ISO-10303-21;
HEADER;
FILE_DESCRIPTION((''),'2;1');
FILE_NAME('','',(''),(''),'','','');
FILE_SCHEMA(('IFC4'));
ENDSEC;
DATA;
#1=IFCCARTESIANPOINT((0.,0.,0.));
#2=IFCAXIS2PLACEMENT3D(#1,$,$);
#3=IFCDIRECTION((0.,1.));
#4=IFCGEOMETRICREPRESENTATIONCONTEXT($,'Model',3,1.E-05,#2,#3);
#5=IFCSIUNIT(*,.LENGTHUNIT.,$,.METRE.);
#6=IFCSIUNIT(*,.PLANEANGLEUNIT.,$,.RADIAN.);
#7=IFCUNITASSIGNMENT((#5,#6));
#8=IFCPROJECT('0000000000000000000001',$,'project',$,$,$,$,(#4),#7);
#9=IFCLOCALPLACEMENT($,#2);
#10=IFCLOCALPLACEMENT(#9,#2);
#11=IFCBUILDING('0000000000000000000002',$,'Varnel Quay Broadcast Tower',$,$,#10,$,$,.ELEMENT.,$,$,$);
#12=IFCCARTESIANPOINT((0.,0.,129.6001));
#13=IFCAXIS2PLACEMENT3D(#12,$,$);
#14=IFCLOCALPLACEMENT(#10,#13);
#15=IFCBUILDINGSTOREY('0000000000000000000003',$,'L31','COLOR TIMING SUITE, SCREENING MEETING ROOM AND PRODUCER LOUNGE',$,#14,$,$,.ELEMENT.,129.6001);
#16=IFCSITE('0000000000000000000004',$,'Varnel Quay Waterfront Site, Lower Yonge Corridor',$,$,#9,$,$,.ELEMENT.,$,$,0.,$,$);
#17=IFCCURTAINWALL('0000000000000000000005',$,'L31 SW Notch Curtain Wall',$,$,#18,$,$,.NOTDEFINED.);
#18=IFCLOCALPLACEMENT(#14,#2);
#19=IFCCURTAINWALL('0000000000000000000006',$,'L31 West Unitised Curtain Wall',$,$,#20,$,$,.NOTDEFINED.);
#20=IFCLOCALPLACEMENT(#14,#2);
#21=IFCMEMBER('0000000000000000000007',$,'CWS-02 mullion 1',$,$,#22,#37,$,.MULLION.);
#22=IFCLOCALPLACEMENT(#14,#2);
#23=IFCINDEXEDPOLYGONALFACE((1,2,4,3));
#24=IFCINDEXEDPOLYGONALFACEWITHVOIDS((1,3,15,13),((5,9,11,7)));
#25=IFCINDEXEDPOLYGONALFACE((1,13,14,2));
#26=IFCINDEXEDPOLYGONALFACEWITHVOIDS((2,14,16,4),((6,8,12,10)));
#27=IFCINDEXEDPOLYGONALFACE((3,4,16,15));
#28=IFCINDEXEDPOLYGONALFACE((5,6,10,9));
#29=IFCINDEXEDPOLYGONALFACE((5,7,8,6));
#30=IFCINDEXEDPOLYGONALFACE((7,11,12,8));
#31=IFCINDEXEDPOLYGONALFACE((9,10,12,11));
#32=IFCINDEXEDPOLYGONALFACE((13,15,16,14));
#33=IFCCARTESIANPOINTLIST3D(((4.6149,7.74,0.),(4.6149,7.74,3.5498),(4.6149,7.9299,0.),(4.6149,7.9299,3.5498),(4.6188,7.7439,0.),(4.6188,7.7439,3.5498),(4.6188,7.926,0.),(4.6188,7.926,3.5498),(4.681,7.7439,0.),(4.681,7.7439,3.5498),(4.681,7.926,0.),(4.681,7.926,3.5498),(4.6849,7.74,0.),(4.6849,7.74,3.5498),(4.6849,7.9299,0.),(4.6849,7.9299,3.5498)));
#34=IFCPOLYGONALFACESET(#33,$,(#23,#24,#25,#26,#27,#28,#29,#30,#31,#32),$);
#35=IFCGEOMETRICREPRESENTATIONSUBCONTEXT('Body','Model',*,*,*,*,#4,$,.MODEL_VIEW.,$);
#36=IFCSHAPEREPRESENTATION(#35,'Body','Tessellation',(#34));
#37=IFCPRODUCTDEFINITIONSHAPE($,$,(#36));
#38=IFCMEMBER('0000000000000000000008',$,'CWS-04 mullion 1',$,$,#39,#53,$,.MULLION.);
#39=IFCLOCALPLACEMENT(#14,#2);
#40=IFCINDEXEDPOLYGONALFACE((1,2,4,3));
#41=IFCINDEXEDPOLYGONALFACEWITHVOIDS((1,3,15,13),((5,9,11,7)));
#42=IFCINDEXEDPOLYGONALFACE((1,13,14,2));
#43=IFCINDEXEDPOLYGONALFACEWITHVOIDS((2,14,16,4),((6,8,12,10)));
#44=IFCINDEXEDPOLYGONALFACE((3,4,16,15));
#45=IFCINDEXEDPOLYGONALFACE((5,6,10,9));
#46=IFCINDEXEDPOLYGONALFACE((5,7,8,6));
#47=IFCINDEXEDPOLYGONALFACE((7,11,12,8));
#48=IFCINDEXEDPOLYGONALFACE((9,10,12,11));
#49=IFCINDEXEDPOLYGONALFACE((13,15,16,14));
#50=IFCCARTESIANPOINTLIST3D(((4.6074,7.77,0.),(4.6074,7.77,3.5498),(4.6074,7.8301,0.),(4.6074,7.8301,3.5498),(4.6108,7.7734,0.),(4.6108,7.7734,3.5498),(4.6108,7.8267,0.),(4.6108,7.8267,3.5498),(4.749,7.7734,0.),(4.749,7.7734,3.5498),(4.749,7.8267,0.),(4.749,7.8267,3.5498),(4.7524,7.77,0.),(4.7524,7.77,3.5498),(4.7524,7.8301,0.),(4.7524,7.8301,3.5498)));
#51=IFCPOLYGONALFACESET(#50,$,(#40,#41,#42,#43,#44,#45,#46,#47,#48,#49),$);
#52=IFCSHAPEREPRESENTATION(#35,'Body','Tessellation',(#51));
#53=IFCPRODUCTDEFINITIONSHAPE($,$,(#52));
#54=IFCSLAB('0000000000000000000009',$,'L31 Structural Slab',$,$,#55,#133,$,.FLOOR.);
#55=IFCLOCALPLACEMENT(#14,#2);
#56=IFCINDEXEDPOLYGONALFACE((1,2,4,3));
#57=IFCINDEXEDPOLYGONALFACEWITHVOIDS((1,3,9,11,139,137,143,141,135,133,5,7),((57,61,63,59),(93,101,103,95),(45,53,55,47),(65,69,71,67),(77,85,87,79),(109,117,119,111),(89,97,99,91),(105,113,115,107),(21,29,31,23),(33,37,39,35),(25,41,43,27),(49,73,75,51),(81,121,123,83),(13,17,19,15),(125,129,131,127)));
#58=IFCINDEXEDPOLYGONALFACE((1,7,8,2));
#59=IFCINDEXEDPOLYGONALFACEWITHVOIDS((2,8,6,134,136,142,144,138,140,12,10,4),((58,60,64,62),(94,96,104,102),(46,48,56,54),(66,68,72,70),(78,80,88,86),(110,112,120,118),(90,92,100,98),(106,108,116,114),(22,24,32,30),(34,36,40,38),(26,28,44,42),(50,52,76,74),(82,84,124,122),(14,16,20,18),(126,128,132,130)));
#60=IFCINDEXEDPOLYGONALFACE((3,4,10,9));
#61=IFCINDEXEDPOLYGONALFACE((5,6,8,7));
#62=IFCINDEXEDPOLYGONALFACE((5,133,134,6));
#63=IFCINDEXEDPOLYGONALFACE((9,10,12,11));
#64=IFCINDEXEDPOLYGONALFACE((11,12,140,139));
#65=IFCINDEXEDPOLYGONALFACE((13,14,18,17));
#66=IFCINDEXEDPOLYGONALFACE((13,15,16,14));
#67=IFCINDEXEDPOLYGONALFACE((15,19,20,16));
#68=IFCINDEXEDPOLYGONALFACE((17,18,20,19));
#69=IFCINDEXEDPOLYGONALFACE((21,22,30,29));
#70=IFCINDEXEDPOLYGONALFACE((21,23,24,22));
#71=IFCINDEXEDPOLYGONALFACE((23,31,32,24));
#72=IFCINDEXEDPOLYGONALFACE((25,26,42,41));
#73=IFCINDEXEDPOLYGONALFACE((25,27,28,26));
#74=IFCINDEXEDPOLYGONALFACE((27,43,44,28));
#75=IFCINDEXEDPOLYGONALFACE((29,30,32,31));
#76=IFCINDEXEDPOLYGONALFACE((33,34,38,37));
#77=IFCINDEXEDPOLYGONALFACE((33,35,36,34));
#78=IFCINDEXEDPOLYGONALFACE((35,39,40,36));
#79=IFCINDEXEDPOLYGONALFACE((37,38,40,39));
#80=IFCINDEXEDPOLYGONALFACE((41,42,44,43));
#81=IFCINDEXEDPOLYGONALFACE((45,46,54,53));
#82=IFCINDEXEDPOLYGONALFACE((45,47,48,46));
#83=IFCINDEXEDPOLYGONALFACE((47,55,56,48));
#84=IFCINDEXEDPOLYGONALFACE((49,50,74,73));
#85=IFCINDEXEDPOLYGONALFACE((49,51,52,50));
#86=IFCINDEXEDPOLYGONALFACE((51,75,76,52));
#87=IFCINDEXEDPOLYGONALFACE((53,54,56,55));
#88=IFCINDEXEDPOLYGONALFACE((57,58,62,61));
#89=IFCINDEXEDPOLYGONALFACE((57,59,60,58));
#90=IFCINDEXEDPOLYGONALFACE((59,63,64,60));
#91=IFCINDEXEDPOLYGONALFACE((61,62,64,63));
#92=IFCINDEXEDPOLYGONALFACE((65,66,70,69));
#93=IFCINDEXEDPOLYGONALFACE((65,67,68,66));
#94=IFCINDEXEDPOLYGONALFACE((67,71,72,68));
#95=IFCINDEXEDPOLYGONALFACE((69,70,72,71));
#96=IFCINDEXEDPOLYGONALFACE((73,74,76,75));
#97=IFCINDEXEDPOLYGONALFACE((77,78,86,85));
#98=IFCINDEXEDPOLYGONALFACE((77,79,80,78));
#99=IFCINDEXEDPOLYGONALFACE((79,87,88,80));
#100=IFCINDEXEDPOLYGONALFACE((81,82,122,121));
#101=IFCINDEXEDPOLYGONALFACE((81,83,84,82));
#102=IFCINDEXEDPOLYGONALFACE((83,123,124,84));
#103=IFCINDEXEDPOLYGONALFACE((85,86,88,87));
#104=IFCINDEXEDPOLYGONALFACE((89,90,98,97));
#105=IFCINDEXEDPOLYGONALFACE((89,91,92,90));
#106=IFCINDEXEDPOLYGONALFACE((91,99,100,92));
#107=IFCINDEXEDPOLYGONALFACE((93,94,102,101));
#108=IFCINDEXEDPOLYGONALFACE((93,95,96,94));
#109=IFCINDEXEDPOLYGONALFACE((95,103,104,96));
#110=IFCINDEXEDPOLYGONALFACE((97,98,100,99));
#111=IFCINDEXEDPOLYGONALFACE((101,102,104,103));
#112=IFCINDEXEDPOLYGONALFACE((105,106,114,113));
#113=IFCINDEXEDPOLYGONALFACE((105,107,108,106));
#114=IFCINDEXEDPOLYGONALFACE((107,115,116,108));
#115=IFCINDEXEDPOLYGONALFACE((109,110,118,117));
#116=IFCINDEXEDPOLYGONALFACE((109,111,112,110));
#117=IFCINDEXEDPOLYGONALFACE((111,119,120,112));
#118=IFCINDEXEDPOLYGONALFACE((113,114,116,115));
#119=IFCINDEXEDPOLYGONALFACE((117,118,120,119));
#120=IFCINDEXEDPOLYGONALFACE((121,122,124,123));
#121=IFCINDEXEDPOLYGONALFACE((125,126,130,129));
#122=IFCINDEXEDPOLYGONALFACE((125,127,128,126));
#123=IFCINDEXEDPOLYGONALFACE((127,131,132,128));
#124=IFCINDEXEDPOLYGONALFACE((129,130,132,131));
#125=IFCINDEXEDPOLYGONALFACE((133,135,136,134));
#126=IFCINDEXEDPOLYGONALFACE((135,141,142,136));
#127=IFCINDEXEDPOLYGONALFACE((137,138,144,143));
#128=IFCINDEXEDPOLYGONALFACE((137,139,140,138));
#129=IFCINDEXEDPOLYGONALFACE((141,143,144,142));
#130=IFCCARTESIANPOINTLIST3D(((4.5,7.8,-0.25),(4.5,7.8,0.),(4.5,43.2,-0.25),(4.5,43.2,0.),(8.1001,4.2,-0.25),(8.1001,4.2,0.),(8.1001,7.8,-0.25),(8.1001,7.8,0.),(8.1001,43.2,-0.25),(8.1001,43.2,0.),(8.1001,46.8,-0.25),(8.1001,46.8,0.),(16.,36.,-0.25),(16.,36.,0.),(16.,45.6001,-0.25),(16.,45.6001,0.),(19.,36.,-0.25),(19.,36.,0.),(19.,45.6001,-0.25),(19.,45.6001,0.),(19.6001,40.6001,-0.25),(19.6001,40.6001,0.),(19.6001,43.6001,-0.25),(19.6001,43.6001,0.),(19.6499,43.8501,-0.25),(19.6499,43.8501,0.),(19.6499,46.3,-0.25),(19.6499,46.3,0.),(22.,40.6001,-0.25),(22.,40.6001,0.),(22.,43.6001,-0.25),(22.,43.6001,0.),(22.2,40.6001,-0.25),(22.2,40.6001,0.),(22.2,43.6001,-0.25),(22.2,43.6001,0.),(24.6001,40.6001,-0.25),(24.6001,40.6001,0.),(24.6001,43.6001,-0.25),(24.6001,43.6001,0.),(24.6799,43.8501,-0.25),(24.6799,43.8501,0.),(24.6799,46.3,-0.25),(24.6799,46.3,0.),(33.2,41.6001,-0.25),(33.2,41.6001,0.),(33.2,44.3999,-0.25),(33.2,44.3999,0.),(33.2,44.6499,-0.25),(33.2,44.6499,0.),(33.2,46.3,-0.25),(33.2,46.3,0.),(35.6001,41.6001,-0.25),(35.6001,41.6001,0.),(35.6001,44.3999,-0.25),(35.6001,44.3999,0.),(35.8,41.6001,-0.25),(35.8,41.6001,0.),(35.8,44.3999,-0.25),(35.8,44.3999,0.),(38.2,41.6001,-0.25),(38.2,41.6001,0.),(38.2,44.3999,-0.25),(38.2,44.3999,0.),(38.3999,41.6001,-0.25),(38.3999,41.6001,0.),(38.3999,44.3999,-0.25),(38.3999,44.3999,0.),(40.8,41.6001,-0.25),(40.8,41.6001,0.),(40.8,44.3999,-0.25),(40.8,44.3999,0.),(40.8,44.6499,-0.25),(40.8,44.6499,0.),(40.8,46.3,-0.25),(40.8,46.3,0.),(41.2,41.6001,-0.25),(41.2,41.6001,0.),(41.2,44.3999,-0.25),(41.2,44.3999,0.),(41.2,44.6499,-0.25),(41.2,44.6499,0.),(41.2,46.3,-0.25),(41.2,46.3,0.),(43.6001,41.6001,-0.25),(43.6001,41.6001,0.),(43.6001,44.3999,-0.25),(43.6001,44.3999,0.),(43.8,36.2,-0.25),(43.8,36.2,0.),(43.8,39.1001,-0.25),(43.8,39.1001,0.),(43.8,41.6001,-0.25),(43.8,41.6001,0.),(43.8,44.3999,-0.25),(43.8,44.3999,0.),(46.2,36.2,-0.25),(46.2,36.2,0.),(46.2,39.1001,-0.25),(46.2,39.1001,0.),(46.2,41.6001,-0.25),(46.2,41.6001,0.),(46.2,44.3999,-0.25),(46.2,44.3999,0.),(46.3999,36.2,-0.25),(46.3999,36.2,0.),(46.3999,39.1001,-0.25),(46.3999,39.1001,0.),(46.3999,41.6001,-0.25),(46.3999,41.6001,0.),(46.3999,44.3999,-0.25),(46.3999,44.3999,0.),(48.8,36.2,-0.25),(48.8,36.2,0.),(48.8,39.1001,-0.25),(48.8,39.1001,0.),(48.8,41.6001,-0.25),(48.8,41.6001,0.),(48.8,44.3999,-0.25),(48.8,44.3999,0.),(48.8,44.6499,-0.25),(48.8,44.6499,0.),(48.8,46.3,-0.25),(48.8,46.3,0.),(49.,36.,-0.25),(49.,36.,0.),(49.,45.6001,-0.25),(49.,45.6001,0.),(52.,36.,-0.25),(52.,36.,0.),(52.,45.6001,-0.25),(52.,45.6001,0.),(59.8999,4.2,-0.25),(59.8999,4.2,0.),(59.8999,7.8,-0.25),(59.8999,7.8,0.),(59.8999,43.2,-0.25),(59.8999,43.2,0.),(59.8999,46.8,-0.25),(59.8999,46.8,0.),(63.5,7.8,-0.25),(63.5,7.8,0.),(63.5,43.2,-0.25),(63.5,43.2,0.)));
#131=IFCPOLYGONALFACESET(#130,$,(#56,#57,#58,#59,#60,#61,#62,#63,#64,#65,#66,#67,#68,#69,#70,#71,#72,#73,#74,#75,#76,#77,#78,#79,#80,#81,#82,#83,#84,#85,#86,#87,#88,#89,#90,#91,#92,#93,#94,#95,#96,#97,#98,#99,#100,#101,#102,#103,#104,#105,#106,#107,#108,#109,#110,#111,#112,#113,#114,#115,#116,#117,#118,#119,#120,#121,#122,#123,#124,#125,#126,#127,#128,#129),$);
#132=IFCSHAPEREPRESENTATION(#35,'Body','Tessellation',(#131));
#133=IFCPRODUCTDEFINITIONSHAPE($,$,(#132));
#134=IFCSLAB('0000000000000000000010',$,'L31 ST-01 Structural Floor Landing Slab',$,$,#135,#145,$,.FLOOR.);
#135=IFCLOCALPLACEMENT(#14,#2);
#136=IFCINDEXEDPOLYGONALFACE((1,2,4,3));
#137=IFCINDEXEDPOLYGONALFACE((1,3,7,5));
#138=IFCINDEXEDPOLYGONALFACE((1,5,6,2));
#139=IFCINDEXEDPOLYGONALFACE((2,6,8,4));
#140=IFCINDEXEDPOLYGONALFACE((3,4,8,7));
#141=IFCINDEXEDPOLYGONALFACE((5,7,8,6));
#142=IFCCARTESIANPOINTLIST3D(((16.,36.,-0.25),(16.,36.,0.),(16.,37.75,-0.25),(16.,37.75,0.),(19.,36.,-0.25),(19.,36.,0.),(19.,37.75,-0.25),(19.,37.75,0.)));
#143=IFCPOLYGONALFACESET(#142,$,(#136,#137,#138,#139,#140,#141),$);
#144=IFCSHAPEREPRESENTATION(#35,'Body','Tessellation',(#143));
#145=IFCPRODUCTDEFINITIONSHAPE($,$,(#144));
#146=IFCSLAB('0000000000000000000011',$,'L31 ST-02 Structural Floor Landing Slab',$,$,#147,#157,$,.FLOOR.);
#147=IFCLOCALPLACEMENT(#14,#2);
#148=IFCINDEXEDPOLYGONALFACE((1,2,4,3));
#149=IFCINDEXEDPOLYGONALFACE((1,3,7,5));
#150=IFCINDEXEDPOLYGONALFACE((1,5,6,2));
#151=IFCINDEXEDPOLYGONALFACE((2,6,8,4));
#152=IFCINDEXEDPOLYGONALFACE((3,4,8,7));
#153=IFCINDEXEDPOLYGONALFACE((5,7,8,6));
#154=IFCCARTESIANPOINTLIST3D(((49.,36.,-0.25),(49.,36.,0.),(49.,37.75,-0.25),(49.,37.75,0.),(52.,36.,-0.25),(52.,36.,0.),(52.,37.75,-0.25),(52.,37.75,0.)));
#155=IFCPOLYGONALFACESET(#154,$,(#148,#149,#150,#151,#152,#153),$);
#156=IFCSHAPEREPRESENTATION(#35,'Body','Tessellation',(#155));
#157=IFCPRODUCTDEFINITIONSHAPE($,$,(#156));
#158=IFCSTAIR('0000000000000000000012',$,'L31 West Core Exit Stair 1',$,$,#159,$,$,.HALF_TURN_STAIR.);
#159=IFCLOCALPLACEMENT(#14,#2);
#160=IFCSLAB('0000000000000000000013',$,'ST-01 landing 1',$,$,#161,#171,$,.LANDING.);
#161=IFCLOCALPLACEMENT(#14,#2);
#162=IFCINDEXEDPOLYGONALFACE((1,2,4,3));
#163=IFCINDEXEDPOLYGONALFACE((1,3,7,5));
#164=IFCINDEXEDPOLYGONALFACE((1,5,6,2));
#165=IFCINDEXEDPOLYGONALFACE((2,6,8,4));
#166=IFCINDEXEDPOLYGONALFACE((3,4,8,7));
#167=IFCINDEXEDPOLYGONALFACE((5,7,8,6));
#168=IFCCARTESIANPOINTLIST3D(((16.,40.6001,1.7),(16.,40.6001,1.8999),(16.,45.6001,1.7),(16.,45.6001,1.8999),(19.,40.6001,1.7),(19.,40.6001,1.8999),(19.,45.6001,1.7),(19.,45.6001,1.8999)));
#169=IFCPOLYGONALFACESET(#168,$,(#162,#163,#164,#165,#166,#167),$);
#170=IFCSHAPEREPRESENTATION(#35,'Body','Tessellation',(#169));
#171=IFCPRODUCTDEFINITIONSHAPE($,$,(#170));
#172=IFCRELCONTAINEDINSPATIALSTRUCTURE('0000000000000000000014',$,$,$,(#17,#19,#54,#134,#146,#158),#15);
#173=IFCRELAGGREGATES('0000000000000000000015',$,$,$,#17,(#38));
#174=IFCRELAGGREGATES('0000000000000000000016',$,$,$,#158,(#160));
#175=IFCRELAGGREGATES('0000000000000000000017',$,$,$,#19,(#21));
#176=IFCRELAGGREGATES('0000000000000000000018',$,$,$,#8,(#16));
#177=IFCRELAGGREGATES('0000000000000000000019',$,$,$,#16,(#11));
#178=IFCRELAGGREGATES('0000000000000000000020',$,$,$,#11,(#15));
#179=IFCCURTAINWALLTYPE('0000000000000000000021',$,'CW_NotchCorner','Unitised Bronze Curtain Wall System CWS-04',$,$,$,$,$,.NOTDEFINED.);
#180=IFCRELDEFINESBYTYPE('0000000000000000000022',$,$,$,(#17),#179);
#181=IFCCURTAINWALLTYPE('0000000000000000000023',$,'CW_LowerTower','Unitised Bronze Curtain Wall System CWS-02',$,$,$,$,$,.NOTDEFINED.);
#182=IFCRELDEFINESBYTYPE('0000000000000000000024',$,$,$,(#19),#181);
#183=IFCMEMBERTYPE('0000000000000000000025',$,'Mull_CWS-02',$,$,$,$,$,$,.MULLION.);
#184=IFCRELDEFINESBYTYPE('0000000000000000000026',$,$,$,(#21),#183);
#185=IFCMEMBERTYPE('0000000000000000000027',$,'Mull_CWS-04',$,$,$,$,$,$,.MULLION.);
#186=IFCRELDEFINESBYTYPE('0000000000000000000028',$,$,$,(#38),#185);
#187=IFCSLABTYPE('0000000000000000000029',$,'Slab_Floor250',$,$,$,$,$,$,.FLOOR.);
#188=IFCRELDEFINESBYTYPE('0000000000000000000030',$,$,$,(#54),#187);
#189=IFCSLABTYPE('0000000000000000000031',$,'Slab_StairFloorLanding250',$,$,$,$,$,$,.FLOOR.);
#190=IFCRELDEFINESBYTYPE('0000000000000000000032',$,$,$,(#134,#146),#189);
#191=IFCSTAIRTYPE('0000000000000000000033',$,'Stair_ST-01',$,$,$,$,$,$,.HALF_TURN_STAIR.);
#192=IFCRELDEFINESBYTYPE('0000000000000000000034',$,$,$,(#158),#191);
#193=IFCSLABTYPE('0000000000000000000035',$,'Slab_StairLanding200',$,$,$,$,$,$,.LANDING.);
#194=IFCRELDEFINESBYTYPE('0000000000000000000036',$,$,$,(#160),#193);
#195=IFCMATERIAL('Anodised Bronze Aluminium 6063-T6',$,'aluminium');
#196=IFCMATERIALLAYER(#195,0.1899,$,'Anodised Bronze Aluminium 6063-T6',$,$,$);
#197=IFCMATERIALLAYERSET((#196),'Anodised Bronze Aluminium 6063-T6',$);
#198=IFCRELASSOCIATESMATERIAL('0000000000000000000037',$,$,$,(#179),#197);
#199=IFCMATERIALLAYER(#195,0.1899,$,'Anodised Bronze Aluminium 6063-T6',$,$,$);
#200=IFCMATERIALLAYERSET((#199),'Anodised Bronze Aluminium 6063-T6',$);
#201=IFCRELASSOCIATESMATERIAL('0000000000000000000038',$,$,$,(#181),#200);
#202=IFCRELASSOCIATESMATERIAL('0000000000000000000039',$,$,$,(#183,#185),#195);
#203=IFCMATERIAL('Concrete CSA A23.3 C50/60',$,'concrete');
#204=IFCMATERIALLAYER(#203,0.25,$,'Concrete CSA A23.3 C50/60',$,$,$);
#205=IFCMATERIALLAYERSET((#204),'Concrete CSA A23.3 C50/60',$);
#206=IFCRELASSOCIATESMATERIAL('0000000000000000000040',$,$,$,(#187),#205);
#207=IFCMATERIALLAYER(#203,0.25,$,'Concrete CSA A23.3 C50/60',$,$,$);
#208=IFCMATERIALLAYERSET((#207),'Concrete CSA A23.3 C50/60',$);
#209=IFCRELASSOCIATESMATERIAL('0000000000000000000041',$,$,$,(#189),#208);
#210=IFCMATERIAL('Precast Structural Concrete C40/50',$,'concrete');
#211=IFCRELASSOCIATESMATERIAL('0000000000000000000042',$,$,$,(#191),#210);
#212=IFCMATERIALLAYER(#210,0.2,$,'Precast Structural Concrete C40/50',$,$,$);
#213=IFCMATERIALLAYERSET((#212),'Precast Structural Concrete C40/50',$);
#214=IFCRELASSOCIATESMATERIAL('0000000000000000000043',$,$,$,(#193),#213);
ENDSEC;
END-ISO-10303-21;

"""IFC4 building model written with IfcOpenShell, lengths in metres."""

from ifc_helpers import new_model, si_unit, direction, frame, origin, origin_2d, place, context, subcontext, project, spatial, polyline, hollow_rectangle, outline, extrude, source, transform, mapped, material, layer, layer_set, material_profile, profile_set, type_object, type_shapes, element, aggregate, save


model = new_model("IFC4")

# Units and contexts
model_context = context("Model", 3, precision=1e-05, world=origin(), true_north=direction((0.0, 1.0)))
body_context = subcontext(model_context, "Body", "Model", "MODEL_VIEW")
ifc_project = project(units=[si_unit("LENGTHUNIT", "METRE"), si_unit("PLANEANGLEUNIT", "RADIAN")], contexts=[model_context])

# Site, building, storey
site_placement = place(None, origin())
site = spatial("IfcSite", under=ifc_project, at=site_placement, Name="Varnel Quay Waterfront Site, Lower Yonge Corridor", CompositionType="ELEMENT", RefElevation=0.0)
building_placement = place(site_placement, origin())
building = spatial("IfcBuilding", under=site, at=building_placement, Name="Varnel Quay Broadcast Tower", CompositionType="ELEMENT")
storey_placement = place(building_placement, frame((0.0, 0.0, 129.6001)))
storey = spatial("IfcBuildingStorey", under=building, at=storey_placement, Name="L31", Description="COLOR TIMING SUITE, SCREENING MEETING ROOM AND PRODUCER LOUNGE", CompositionType="ELEMENT", Elevation=129.6001)

# Curtain walls, member
ifc_material_1 = material(Name="Anodised Bronze Aluminium 6063-T6", Category="aluminium")
ifc_layer_1 = layer(ifc_material_1, 0.1899, Name="Anodised Bronze Aluminium 6063-T6")
ifc_layer_set_1 = layer_set([ifc_layer_1], Name="Anodised Bronze Aluminium 6063-T6")
curtain_wall_type_1 = type_object("IfcCurtainWallType", Name="CW_NotchCorner", Description="Unitised Bronze Curtain Wall System CWS-04", PredefinedType="NOTDEFINED", material=ifc_layer_set_1)
curtain_wall_1_placement = place(storey_placement, origin())
curtain_wall_1 = element("IfcCurtainWall", 1, at=curtain_wall_1_placement, inside=storey, type_object=curtain_wall_type_1, Name="L31 SW Notch Curtain Wall", PredefinedType="NOTDEFINED")
ifc_layer_2 = layer(ifc_material_1, 0.1899, Name="Anodised Bronze Aluminium 6063-T6")
ifc_layer_set_2 = layer_set([ifc_layer_2], Name="Anodised Bronze Aluminium 6063-T6")
curtain_wall_type_2 = type_object("IfcCurtainWallType", Name="CW_LowerTower", Description="Unitised Bronze Curtain Wall System CWS-02", PredefinedType="NOTDEFINED", material=ifc_layer_set_2)
curtain_wall_2_placement = place(storey_placement, origin())
curtain_wall_2 = element("IfcCurtainWall", 2, at=curtain_wall_2_placement, inside=storey, type_object=curtain_wall_type_2, Name="L31 West Unitised Curtain Wall", PredefinedType="NOTDEFINED")
ifc_material_profile_1 = material_profile(ifc_material_1, hollow_rectangle(XDim=0.0701, YDim=0.1899, WallThickness=0.0039, at=origin_2d()), Name="ALU70X190X4")
ifc_profile_set_1 = profile_set([ifc_material_profile_1], Name="Anodised Bronze Aluminium 6063-T6")
member_type_1 = type_object("IfcMemberType", Name="Mull_CWS-02", PredefinedType="MULLION", material=ifc_profile_set_1)
shared_shape_1 = source(origin(), body_context, "Body", "SweptSolid", [
    extrude(hollow_rectangle(XDim=0.0701, YDim=0.1899, WallThickness=0.0039, at=origin_2d()), origin(), (0.0, 0.0, 1.0), 3.5498),
])
type_shapes(member_type_1, [shared_shape_1])
member_1_placement = place(storey_placement, frame((4.6499, 7.835, 0.0), z_axis=(0.0, 0.0, 1.0), x_axis=(-1.0, 0.0, 0.0)))
member_1 = element("IfcMember", 3, at=member_1_placement, type_object=member_type_1, Name="CWS-02 mullion 1", PredefinedType="MULLION", context=body_context, shape_type="MappedRepresentation", body=[
    mapped(shared_shape_1, transform((0.0, 0.0, 0.0), x_axis=(1.0, 0.0, 0.0), y_axis=(0.0, 1.0, 0.0), z_axis=(0.0, 0.0, 1.0), scale=1.0)),
])

# Member
ifc_material_profile_2 = material_profile(ifc_material_1, hollow_rectangle(XDim=0.0601, YDim=0.145, WallThickness=0.0034, at=origin_2d()), Name="ALU60X145X3.5")
ifc_profile_set_2 = profile_set([ifc_material_profile_2], Name="Anodised Bronze Aluminium 6063-T6")
member_type_2 = type_object("IfcMemberType", Name="Mull_CWS-04", PredefinedType="MULLION", material=ifc_profile_set_2)
shared_shape_2 = source(origin(), body_context, "Body", "SweptSolid", [
    extrude(hollow_rectangle(XDim=0.0601, YDim=0.145, WallThickness=0.0034, at=origin_2d()), origin(), (0.0, 0.0, 1.0), 3.5498),
])
type_shapes(member_type_2, [shared_shape_2])
member_2_placement = place(storey_placement, frame((4.6799, 7.8, 0.0), z_axis=(0.0, 0.0, 1.0), x_axis=(0.0, 1.0, 0.0)))
member_2 = element("IfcMember", 4, at=member_2_placement, type_object=member_type_2, Name="CWS-04 mullion 1", PredefinedType="MULLION", context=body_context, shape_type="MappedRepresentation", body=[
    mapped(shared_shape_2, transform((0.0, 0.0, 0.0), x_axis=(1.0, 0.0, 0.0), y_axis=(0.0, 1.0, 0.0), z_axis=(0.0, 0.0, 1.0), scale=1.0)),
])
aggregate(curtain_wall_1, [member_2])

# Slabs
ifc_material_2 = material(Name="Concrete CSA A23.3 C50/60", Category="concrete")
ifc_layer_3 = layer(ifc_material_2, 0.25, Name="Concrete CSA A23.3 C50/60")
ifc_layer_set_3 = layer_set([ifc_layer_3], Name="Concrete CSA A23.3 C50/60")
slab_type_1 = type_object("IfcSlabType", Name="Slab_Floor250", PredefinedType="FLOOR", material=ifc_layer_set_3)
slab_1_placement = place(storey_placement, frame((0.0, 0.0, -0.25)))
element("IfcSlab", 5, at=slab_1_placement, inside=storey, type_object=slab_type_1, Name="L31 Structural Slab", PredefinedType="FLOOR", context=body_context, shape_type="SweptSolid", body=[
    extrude(outline(polyline([(8.1001, 4.2), (59.8999, 4.2), (59.8999, 7.8), (63.5, 7.8), (63.5, 43.2), (59.8999, 43.2), (59.8999, 46.8), (8.1001, 46.8), (8.1001, 43.2), (4.5, 43.2), (4.5, 7.8), (8.1001, 7.8), (8.1001, 4.2)]), holes=[polyline([(19.0, 36.0), (16.0, 36.0), (16.0, 45.6001), (19.0, 45.6001), (19.0, 36.0)]), polyline([(19.6001, 43.6001), (22.0, 43.6001), (22.0, 40.6001), (19.6001, 40.6001), (19.6001, 43.6001)]), polyline([(22.2, 43.6001), (24.6001, 43.6001), (24.6001, 40.6001), (22.2, 40.6001), (22.2, 43.6001)]), polyline([(33.2, 44.3999), (35.6001, 44.3999), (35.6001, 41.6001), (33.2, 41.6001), (33.2, 44.3999)]), polyline([(35.8, 44.3999), (38.2, 44.3999), (38.2, 41.6001), (35.8, 41.6001), (35.8, 44.3999)]), polyline([(38.3999, 44.3999), (40.8, 44.3999), (40.8, 41.6001), (38.3999, 41.6001), (38.3999, 44.3999)]), polyline([(19.6499, 46.3), (24.6799, 46.3), (24.6799, 43.8501), (19.6499, 43.8501), (19.6499, 46.3)]), polyline([(33.2, 46.3), (40.8, 46.3), (40.8, 44.6499), (33.2, 44.6499), (33.2, 46.3)]), polyline([(43.8, 39.1001), (46.2, 39.1001), (46.2, 36.2), (43.8, 36.2), (43.8, 39.1001)]), polyline([(46.3999, 39.1001), (48.8, 39.1001), (48.8, 36.2), (46.3999, 36.2), (46.3999, 39.1001)]), polyline([(49.0, 36.0), (49.0, 45.6001), (52.0, 45.6001), (52.0, 36.0), (49.0, 36.0)]), polyline([(41.2, 44.3999), (43.6001, 44.3999), (43.6001, 41.6001), (41.2, 41.6001), (41.2, 44.3999)]), polyline([(43.8, 44.3999), (46.2, 44.3999), (46.2, 41.6001), (43.8, 41.6001), (43.8, 44.3999)]), polyline([(46.3999, 44.3999), (48.8, 44.3999), (48.8, 41.6001), (46.3999, 41.6001), (46.3999, 44.3999)]), polyline([(41.2, 46.3), (48.8, 46.3), (48.8, 44.6499), (41.2, 44.6499), (41.2, 46.3)])]), origin(), (0.0, 0.0, 1.0), 0.25),
])
ifc_layer_4 = layer(ifc_material_2, 0.25, Name="Concrete CSA A23.3 C50/60")
ifc_layer_set_4 = layer_set([ifc_layer_4], Name="Concrete CSA A23.3 C50/60")
slab_type_2 = type_object("IfcSlabType", Name="Slab_StairFloorLanding250", PredefinedType="FLOOR", material=ifc_layer_set_4)
slab_2_placement = place(storey_placement, frame((0.0, 0.0, -0.25)))
element("IfcSlab", 6, at=slab_2_placement, inside=storey, type_object=slab_type_2, Name="L31 ST-01 Structural Floor Landing Slab", PredefinedType="FLOOR", context=body_context, shape_type="SweptSolid", body=[
    extrude(outline(polyline([(19.0, 36.0), (19.0, 37.75), (16.0, 37.75), (16.0, 36.0), (19.0, 36.0)])), origin(), (0.0, 0.0, 1.0), 0.25),
])
slab_3_placement = place(storey_placement, frame((0.0, 0.0, -0.25)))
element("IfcSlab", 7, at=slab_3_placement, inside=storey, type_object=slab_type_2, Name="L31 ST-02 Structural Floor Landing Slab", PredefinedType="FLOOR", context=body_context, shape_type="SweptSolid", body=[
    extrude(outline(polyline([(52.0, 36.0), (52.0, 37.75), (49.0, 37.75), (49.0, 36.0), (52.0, 36.0)])), origin(), (0.0, 0.0, 1.0), 0.25),
])

# Stair, slab
ifc_material_3 = material(Name="Precast Structural Concrete C40/50", Category="concrete")
stair_type_1 = type_object("IfcStairType", Name="Stair_ST-01", PredefinedType="HALF_TURN_STAIR", material=ifc_material_3)
stair_1_placement = place(storey_placement, origin())
stair_1 = element("IfcStair", 8, at=stair_1_placement, inside=storey, type_object=stair_type_1, Name="L31 West Core Exit Stair 1", PredefinedType="HALF_TURN_STAIR")
ifc_layer_5 = layer(ifc_material_3, 0.2, Name="Precast Structural Concrete C40/50")
ifc_layer_set_5 = layer_set([ifc_layer_5], Name="Precast Structural Concrete C40/50")
slab_type_3 = type_object("IfcSlabType", Name="Slab_StairLanding200", PredefinedType="LANDING", material=ifc_layer_set_5)
slab_4_placement = place(storey_placement, frame((0.0, 0.0, 1.7)))
slab_4 = element("IfcSlab", 9, at=slab_4_placement, type_object=slab_type_3, Name="ST-01 landing 1", PredefinedType="LANDING", context=body_context, shape_type="SweptSolid", body=[
    extrude(outline(polyline([(19.0, 40.6001), (19.0, 45.6001), (16.0, 45.6001), (16.0, 40.6001), (19.0, 40.6001)])), origin(), (0.0, 0.0, 1.0), 0.2),
])
aggregate(stair_1, [slab_4])

aggregate(curtain_wall_2, [member_1])

save(model, "model.ifc")
